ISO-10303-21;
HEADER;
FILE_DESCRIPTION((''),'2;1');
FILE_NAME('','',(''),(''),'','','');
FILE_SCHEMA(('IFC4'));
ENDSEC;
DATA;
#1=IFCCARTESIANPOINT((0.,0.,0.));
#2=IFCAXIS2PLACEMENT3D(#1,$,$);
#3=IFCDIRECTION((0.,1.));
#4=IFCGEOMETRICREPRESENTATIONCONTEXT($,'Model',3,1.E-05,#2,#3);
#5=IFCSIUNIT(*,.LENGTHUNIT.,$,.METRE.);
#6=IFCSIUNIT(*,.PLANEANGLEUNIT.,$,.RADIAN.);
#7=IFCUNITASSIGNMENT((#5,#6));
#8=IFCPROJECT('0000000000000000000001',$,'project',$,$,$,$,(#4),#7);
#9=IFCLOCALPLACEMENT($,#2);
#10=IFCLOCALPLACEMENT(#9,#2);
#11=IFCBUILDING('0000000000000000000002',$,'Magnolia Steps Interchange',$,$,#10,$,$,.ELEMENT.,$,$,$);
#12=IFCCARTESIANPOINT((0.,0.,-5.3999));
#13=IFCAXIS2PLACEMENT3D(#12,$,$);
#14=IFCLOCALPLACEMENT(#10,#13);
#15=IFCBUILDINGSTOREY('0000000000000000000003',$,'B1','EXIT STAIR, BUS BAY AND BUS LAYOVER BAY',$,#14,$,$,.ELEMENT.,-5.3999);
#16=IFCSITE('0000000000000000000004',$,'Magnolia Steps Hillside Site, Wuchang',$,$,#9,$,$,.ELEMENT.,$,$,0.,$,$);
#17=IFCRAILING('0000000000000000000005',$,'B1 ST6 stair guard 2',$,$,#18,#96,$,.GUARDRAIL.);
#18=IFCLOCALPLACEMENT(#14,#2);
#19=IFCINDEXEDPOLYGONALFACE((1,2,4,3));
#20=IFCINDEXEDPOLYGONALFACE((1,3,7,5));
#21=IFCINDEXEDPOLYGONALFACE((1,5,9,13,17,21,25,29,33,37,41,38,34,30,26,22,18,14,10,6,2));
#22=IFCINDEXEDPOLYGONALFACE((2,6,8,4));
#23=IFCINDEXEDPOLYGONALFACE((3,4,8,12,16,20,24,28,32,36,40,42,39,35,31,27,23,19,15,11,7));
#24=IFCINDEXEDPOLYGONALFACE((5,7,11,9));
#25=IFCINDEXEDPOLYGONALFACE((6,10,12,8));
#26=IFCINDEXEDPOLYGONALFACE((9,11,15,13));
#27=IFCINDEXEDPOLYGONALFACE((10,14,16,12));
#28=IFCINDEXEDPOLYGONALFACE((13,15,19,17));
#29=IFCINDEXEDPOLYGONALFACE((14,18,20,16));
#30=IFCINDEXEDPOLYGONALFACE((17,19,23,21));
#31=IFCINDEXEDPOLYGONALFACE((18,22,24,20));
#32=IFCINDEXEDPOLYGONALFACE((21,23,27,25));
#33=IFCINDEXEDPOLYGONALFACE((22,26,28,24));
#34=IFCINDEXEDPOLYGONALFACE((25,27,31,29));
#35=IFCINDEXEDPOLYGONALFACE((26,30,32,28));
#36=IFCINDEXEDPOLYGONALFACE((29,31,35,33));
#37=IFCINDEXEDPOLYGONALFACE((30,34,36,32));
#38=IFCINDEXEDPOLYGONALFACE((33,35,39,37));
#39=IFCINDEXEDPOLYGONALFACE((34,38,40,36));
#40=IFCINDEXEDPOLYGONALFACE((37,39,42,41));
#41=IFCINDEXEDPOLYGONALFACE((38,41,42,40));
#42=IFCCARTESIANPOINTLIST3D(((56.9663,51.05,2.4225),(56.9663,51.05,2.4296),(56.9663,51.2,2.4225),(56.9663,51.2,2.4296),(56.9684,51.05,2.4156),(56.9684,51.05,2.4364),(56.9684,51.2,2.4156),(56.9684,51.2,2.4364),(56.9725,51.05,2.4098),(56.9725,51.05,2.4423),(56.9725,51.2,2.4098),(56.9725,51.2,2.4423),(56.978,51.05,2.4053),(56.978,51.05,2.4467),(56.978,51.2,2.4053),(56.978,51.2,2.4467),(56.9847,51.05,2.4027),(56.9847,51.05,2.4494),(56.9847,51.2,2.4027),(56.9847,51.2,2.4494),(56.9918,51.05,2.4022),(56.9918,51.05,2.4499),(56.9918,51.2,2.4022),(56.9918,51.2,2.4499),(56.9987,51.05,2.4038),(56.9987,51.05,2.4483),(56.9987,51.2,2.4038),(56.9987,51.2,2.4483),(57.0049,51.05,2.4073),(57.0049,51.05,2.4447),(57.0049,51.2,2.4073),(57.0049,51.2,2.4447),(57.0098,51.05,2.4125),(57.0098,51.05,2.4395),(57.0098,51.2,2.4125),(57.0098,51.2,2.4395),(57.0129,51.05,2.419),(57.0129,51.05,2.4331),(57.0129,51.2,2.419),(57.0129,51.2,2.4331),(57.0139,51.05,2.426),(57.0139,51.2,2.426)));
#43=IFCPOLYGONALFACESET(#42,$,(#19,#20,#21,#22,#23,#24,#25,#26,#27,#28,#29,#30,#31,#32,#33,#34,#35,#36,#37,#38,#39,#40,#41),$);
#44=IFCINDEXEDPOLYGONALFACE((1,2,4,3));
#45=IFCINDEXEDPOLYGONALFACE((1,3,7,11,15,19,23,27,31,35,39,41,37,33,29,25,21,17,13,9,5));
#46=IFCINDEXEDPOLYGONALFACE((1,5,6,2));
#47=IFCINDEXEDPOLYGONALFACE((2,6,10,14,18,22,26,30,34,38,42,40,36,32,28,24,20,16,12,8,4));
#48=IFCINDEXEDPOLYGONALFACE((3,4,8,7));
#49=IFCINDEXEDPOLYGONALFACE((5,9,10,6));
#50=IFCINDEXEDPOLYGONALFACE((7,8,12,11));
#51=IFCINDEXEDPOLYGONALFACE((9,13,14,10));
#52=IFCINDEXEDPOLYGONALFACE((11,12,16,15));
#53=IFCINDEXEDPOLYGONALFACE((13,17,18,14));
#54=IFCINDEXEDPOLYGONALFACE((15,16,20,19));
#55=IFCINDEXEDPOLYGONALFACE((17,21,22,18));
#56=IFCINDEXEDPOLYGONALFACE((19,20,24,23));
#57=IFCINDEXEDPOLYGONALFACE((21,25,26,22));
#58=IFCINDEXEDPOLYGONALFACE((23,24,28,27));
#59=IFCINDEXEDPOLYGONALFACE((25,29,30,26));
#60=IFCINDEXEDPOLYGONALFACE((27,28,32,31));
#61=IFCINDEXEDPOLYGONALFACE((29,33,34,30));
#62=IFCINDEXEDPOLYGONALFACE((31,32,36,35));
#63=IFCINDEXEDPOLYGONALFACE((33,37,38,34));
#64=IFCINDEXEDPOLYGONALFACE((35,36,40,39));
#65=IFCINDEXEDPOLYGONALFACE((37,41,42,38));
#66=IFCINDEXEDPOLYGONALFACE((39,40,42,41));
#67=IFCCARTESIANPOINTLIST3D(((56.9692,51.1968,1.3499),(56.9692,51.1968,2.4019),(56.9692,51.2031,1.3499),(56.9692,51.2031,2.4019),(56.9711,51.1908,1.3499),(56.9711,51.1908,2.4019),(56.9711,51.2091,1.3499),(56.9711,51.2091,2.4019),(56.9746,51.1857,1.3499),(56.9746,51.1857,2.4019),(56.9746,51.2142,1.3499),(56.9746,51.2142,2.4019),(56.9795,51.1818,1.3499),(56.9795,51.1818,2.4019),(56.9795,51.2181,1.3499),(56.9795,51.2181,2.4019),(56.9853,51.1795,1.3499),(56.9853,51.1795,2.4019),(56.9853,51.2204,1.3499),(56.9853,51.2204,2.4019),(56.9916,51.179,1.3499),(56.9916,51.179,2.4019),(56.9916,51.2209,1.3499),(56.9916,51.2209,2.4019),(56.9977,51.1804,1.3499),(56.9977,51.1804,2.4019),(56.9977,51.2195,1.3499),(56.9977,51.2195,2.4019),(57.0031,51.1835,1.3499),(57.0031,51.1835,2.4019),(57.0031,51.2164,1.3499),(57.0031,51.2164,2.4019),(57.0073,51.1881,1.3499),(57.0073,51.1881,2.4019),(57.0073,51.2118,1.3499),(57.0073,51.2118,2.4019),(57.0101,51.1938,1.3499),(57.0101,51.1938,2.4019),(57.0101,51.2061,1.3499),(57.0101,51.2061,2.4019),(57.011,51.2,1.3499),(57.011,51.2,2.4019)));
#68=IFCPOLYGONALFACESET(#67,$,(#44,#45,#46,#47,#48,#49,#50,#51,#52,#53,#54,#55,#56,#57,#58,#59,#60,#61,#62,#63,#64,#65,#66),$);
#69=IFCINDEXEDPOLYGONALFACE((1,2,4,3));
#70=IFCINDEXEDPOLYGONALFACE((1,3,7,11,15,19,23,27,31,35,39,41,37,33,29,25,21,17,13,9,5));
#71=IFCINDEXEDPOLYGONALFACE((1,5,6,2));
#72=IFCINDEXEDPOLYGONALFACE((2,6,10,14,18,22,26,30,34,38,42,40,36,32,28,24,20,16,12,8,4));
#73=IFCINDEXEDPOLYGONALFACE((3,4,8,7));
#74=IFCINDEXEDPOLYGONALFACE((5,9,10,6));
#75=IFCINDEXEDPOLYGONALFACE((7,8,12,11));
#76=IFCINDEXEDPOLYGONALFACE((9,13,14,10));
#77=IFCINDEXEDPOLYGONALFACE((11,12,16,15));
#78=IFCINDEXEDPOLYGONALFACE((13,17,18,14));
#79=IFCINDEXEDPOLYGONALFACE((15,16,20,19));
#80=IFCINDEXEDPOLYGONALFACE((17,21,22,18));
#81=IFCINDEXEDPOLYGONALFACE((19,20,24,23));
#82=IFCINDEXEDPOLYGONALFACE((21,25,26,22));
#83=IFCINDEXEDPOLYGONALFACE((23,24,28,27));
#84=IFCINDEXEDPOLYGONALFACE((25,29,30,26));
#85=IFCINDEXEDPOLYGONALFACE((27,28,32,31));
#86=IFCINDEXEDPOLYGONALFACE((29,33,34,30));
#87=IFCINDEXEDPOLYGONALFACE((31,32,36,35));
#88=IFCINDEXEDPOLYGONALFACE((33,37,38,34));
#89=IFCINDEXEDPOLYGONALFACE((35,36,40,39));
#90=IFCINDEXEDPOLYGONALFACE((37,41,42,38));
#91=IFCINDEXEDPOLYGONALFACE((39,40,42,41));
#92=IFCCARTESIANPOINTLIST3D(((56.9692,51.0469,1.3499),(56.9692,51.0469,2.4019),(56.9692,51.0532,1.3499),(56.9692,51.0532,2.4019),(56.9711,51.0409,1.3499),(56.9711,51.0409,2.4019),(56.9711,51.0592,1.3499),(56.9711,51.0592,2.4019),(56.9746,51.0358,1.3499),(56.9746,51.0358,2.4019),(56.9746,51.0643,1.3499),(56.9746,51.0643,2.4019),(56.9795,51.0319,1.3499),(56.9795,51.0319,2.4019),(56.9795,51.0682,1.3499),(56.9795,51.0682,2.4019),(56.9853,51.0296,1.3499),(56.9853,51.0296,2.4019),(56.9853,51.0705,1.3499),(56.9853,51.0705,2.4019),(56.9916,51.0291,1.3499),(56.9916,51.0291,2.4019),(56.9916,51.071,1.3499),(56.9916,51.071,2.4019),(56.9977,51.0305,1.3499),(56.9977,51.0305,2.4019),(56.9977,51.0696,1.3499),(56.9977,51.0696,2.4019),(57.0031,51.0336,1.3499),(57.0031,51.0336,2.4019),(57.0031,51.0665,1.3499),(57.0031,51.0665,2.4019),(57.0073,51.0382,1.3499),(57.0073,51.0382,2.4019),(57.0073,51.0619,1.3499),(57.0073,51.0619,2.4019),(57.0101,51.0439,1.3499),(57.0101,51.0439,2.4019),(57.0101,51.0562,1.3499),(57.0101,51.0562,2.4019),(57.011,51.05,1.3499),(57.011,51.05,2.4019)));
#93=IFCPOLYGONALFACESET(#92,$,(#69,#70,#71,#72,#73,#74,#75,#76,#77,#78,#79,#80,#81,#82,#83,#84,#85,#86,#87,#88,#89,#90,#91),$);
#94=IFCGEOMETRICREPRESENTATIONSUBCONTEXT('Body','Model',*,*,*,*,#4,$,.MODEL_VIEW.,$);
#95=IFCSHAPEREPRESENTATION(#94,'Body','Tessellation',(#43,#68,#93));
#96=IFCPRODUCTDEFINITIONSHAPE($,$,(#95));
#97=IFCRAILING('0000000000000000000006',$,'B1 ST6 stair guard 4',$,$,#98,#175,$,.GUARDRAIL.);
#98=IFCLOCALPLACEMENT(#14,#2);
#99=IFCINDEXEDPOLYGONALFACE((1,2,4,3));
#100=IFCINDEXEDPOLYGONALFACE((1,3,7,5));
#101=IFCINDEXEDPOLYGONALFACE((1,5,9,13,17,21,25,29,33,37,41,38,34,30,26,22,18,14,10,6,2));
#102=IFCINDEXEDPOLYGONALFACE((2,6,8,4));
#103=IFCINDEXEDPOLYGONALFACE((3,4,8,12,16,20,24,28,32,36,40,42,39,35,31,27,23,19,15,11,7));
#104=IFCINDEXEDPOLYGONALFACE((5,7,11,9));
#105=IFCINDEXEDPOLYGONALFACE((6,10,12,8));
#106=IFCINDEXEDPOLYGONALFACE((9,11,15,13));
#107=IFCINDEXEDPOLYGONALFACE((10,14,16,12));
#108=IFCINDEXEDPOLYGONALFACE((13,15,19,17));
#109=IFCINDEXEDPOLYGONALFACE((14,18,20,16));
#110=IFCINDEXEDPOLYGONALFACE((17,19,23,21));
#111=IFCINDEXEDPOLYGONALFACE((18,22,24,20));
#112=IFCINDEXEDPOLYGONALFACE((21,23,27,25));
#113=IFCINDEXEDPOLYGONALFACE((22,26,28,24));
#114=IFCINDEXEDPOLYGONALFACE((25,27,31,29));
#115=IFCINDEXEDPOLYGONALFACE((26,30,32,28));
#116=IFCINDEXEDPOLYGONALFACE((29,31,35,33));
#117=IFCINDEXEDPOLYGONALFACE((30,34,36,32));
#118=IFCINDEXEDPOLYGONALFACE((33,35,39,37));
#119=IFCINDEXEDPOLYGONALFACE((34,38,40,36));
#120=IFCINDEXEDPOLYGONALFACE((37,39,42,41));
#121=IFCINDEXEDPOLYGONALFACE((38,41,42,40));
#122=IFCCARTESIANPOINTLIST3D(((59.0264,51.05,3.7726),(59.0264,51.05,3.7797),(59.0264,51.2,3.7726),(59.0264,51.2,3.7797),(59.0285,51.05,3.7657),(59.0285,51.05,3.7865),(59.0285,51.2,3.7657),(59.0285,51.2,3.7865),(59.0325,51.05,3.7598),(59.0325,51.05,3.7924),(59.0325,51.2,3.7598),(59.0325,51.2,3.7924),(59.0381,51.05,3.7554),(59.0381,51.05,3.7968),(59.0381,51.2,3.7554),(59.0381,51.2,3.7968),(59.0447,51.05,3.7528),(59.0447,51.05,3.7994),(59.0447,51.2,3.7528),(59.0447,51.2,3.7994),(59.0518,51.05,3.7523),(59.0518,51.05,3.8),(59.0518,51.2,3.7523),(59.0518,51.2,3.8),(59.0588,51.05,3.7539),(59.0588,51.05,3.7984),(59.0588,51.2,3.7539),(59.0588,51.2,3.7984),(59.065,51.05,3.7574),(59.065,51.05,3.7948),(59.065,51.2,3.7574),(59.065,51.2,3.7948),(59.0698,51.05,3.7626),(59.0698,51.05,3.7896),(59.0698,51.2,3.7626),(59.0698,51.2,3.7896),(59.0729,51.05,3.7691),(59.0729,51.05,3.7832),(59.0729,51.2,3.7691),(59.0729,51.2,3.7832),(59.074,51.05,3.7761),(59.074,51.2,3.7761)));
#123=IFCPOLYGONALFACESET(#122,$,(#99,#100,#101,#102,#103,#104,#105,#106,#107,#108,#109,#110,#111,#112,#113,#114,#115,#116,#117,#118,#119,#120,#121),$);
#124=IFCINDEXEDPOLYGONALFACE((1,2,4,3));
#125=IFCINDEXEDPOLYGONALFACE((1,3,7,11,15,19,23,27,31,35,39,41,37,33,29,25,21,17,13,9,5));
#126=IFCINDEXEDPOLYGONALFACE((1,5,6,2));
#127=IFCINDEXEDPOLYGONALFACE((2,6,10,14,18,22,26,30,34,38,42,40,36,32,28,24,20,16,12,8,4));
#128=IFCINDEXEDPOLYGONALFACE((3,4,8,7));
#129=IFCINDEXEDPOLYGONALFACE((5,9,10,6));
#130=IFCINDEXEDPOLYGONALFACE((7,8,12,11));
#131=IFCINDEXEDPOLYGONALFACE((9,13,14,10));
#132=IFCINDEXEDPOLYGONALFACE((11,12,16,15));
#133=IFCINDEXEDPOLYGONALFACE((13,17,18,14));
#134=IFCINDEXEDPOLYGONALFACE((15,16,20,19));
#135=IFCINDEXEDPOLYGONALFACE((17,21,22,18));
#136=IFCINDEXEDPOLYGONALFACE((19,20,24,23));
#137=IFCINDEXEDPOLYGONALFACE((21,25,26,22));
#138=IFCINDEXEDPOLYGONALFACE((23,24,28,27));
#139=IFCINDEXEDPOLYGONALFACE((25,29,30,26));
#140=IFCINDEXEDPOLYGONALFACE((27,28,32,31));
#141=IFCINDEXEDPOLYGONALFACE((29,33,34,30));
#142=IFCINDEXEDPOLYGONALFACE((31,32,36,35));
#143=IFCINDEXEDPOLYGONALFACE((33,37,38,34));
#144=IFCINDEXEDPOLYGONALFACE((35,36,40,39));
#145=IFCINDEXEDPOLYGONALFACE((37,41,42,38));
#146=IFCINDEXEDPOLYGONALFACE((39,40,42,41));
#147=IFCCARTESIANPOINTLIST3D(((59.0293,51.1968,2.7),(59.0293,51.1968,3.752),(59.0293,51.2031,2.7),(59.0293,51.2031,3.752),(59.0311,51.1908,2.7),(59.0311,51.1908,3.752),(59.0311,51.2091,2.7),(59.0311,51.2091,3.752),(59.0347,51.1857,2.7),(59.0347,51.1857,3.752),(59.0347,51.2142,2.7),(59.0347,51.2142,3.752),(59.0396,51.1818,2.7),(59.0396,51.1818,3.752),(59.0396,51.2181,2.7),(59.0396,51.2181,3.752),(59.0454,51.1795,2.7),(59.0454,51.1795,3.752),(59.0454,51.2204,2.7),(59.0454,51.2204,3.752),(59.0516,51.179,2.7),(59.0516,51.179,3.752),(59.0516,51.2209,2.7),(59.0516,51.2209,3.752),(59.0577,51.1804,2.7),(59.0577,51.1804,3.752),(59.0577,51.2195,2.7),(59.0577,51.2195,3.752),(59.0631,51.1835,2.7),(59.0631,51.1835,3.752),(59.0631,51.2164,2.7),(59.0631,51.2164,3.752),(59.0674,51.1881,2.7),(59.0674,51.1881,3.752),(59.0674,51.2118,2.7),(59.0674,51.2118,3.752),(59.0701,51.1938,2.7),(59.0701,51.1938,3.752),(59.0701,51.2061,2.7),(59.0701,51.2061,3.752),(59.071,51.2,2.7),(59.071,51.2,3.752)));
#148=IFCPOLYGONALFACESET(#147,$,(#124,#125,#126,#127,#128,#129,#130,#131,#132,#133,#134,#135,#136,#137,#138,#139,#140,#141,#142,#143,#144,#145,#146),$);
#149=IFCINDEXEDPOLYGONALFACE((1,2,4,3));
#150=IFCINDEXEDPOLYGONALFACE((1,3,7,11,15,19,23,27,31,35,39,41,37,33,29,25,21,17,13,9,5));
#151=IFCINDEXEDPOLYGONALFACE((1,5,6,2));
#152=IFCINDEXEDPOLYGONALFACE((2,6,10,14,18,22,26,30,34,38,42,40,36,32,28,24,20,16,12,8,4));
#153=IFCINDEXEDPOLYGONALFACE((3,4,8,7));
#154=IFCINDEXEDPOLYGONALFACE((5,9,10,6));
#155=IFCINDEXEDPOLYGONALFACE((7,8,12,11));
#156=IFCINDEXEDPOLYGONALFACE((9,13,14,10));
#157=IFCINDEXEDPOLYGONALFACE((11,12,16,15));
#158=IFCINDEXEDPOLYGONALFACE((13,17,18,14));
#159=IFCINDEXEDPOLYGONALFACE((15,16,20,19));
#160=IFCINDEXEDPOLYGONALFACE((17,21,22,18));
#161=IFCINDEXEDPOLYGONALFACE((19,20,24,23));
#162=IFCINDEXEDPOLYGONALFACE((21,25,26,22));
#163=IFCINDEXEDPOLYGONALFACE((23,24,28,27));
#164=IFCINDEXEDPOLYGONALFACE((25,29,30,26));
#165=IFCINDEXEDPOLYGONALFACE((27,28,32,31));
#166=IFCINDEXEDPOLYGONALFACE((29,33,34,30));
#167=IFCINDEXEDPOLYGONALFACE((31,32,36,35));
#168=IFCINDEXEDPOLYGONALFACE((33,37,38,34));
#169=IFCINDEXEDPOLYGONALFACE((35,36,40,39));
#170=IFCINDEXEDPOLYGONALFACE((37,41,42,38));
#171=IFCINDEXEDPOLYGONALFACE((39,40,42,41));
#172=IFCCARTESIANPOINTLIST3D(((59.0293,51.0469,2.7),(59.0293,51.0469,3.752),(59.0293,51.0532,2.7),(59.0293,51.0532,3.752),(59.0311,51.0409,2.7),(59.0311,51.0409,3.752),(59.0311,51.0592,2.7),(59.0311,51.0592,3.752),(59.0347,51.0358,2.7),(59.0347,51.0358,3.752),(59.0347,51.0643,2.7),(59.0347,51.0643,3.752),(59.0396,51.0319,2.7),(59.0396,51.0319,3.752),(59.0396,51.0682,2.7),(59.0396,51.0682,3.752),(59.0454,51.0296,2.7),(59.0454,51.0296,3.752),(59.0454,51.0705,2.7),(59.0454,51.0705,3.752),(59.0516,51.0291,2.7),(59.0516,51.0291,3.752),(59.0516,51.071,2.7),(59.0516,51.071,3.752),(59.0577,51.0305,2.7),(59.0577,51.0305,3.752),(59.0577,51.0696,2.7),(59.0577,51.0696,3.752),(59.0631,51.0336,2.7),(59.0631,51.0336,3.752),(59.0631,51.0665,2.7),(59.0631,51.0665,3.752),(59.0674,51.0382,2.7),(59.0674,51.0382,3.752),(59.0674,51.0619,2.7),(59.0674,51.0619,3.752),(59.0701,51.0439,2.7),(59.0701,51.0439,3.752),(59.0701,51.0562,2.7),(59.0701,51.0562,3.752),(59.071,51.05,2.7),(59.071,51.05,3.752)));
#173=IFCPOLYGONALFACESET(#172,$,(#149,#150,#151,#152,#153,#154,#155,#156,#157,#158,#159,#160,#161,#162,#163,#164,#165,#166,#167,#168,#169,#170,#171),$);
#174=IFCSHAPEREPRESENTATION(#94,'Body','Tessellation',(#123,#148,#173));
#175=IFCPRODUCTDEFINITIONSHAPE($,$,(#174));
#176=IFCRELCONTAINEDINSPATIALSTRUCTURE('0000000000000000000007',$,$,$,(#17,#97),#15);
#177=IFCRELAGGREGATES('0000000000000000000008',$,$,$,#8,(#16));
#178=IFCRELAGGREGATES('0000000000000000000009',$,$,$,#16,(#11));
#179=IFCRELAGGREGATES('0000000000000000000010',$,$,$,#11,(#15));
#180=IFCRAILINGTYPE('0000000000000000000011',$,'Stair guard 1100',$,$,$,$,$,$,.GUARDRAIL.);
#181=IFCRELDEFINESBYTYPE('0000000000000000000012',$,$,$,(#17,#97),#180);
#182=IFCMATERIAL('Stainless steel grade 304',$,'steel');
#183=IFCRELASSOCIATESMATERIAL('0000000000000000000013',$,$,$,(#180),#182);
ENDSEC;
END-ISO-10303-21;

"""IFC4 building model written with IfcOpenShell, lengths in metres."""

from ifc_helpers import new_model, si_unit, direction, frame, origin, origin_2d, place, context, subcontext, project, spatial, circle, extrude, material, type_object, element, save


model = new_model("IFC4")

# Units and contexts
model_context = context("Model", 3, precision=1e-05, world=origin(), true_north=direction((0.0, 1.0)))
body_context = subcontext(model_context, "Body", "Model", "MODEL_VIEW")
ifc_project = project(units=[si_unit("LENGTHUNIT", "METRE"), si_unit("PLANEANGLEUNIT", "RADIAN")], contexts=[model_context])

# Site, building, storey
site_placement = place(None, origin())
site = spatial("IfcSite", under=ifc_project, at=site_placement, Name="Magnolia Steps Hillside Site, Wuchang", CompositionType="ELEMENT", RefElevation=0.0)
building_placement = place(site_placement, origin())
building = spatial("IfcBuilding", under=site, at=building_placement, Name="Magnolia Steps Interchange", CompositionType="ELEMENT")
storey_placement = place(building_placement, frame((0.0, 0.0, -5.3999)))
storey = spatial("IfcBuildingStorey", under=building, at=storey_placement, Name="B1", Description="EXIT STAIR, BUS BAY AND BUS LAYOVER BAY", CompositionType="ELEMENT", Elevation=-5.3999)

# Railings
ifc_material_1 = material(Name="Stainless steel grade 304", Category="steel")
railing_type_1 = type_object("IfcRailingType", Name="Stair guard 1100", PredefinedType="GUARDRAIL", material=ifc_material_1)
for number, where, name in (
    (1, (56.99, 51.2, 1.3499), "B1 ST6 stair guard 2"),
    (2, (59.05, 51.2, 2.7), "B1 ST6 stair guard 4"),
):
    element("IfcRailing", number, at=place(storey_placement, frame(where)), inside=storey, type_object=railing_type_1, Name=name, PredefinedType="GUARDRAIL", context=body_context, shape_type="SweptSolid", body=[
        extrude(circle(Radius=0.0239, at=origin_2d()), frame((0.0, 0.0, 1.0762), z_axis=(0.0, -1.0, 0.0), x_axis=(1.0, 0.0, 0.0)), (0.0, 0.0, 1.0), 0.1499),
        extrude(circle(Radius=0.021, at=origin_2d()), origin(), (0.0, 0.0, 1.0), 1.052),
        extrude(circle(Radius=0.021, at=origin_2d()), frame((0.0, -0.1499, 0.0)), (0.0, 0.0, 1.0), 1.052),
    ])

save(model, "model.ifc")
